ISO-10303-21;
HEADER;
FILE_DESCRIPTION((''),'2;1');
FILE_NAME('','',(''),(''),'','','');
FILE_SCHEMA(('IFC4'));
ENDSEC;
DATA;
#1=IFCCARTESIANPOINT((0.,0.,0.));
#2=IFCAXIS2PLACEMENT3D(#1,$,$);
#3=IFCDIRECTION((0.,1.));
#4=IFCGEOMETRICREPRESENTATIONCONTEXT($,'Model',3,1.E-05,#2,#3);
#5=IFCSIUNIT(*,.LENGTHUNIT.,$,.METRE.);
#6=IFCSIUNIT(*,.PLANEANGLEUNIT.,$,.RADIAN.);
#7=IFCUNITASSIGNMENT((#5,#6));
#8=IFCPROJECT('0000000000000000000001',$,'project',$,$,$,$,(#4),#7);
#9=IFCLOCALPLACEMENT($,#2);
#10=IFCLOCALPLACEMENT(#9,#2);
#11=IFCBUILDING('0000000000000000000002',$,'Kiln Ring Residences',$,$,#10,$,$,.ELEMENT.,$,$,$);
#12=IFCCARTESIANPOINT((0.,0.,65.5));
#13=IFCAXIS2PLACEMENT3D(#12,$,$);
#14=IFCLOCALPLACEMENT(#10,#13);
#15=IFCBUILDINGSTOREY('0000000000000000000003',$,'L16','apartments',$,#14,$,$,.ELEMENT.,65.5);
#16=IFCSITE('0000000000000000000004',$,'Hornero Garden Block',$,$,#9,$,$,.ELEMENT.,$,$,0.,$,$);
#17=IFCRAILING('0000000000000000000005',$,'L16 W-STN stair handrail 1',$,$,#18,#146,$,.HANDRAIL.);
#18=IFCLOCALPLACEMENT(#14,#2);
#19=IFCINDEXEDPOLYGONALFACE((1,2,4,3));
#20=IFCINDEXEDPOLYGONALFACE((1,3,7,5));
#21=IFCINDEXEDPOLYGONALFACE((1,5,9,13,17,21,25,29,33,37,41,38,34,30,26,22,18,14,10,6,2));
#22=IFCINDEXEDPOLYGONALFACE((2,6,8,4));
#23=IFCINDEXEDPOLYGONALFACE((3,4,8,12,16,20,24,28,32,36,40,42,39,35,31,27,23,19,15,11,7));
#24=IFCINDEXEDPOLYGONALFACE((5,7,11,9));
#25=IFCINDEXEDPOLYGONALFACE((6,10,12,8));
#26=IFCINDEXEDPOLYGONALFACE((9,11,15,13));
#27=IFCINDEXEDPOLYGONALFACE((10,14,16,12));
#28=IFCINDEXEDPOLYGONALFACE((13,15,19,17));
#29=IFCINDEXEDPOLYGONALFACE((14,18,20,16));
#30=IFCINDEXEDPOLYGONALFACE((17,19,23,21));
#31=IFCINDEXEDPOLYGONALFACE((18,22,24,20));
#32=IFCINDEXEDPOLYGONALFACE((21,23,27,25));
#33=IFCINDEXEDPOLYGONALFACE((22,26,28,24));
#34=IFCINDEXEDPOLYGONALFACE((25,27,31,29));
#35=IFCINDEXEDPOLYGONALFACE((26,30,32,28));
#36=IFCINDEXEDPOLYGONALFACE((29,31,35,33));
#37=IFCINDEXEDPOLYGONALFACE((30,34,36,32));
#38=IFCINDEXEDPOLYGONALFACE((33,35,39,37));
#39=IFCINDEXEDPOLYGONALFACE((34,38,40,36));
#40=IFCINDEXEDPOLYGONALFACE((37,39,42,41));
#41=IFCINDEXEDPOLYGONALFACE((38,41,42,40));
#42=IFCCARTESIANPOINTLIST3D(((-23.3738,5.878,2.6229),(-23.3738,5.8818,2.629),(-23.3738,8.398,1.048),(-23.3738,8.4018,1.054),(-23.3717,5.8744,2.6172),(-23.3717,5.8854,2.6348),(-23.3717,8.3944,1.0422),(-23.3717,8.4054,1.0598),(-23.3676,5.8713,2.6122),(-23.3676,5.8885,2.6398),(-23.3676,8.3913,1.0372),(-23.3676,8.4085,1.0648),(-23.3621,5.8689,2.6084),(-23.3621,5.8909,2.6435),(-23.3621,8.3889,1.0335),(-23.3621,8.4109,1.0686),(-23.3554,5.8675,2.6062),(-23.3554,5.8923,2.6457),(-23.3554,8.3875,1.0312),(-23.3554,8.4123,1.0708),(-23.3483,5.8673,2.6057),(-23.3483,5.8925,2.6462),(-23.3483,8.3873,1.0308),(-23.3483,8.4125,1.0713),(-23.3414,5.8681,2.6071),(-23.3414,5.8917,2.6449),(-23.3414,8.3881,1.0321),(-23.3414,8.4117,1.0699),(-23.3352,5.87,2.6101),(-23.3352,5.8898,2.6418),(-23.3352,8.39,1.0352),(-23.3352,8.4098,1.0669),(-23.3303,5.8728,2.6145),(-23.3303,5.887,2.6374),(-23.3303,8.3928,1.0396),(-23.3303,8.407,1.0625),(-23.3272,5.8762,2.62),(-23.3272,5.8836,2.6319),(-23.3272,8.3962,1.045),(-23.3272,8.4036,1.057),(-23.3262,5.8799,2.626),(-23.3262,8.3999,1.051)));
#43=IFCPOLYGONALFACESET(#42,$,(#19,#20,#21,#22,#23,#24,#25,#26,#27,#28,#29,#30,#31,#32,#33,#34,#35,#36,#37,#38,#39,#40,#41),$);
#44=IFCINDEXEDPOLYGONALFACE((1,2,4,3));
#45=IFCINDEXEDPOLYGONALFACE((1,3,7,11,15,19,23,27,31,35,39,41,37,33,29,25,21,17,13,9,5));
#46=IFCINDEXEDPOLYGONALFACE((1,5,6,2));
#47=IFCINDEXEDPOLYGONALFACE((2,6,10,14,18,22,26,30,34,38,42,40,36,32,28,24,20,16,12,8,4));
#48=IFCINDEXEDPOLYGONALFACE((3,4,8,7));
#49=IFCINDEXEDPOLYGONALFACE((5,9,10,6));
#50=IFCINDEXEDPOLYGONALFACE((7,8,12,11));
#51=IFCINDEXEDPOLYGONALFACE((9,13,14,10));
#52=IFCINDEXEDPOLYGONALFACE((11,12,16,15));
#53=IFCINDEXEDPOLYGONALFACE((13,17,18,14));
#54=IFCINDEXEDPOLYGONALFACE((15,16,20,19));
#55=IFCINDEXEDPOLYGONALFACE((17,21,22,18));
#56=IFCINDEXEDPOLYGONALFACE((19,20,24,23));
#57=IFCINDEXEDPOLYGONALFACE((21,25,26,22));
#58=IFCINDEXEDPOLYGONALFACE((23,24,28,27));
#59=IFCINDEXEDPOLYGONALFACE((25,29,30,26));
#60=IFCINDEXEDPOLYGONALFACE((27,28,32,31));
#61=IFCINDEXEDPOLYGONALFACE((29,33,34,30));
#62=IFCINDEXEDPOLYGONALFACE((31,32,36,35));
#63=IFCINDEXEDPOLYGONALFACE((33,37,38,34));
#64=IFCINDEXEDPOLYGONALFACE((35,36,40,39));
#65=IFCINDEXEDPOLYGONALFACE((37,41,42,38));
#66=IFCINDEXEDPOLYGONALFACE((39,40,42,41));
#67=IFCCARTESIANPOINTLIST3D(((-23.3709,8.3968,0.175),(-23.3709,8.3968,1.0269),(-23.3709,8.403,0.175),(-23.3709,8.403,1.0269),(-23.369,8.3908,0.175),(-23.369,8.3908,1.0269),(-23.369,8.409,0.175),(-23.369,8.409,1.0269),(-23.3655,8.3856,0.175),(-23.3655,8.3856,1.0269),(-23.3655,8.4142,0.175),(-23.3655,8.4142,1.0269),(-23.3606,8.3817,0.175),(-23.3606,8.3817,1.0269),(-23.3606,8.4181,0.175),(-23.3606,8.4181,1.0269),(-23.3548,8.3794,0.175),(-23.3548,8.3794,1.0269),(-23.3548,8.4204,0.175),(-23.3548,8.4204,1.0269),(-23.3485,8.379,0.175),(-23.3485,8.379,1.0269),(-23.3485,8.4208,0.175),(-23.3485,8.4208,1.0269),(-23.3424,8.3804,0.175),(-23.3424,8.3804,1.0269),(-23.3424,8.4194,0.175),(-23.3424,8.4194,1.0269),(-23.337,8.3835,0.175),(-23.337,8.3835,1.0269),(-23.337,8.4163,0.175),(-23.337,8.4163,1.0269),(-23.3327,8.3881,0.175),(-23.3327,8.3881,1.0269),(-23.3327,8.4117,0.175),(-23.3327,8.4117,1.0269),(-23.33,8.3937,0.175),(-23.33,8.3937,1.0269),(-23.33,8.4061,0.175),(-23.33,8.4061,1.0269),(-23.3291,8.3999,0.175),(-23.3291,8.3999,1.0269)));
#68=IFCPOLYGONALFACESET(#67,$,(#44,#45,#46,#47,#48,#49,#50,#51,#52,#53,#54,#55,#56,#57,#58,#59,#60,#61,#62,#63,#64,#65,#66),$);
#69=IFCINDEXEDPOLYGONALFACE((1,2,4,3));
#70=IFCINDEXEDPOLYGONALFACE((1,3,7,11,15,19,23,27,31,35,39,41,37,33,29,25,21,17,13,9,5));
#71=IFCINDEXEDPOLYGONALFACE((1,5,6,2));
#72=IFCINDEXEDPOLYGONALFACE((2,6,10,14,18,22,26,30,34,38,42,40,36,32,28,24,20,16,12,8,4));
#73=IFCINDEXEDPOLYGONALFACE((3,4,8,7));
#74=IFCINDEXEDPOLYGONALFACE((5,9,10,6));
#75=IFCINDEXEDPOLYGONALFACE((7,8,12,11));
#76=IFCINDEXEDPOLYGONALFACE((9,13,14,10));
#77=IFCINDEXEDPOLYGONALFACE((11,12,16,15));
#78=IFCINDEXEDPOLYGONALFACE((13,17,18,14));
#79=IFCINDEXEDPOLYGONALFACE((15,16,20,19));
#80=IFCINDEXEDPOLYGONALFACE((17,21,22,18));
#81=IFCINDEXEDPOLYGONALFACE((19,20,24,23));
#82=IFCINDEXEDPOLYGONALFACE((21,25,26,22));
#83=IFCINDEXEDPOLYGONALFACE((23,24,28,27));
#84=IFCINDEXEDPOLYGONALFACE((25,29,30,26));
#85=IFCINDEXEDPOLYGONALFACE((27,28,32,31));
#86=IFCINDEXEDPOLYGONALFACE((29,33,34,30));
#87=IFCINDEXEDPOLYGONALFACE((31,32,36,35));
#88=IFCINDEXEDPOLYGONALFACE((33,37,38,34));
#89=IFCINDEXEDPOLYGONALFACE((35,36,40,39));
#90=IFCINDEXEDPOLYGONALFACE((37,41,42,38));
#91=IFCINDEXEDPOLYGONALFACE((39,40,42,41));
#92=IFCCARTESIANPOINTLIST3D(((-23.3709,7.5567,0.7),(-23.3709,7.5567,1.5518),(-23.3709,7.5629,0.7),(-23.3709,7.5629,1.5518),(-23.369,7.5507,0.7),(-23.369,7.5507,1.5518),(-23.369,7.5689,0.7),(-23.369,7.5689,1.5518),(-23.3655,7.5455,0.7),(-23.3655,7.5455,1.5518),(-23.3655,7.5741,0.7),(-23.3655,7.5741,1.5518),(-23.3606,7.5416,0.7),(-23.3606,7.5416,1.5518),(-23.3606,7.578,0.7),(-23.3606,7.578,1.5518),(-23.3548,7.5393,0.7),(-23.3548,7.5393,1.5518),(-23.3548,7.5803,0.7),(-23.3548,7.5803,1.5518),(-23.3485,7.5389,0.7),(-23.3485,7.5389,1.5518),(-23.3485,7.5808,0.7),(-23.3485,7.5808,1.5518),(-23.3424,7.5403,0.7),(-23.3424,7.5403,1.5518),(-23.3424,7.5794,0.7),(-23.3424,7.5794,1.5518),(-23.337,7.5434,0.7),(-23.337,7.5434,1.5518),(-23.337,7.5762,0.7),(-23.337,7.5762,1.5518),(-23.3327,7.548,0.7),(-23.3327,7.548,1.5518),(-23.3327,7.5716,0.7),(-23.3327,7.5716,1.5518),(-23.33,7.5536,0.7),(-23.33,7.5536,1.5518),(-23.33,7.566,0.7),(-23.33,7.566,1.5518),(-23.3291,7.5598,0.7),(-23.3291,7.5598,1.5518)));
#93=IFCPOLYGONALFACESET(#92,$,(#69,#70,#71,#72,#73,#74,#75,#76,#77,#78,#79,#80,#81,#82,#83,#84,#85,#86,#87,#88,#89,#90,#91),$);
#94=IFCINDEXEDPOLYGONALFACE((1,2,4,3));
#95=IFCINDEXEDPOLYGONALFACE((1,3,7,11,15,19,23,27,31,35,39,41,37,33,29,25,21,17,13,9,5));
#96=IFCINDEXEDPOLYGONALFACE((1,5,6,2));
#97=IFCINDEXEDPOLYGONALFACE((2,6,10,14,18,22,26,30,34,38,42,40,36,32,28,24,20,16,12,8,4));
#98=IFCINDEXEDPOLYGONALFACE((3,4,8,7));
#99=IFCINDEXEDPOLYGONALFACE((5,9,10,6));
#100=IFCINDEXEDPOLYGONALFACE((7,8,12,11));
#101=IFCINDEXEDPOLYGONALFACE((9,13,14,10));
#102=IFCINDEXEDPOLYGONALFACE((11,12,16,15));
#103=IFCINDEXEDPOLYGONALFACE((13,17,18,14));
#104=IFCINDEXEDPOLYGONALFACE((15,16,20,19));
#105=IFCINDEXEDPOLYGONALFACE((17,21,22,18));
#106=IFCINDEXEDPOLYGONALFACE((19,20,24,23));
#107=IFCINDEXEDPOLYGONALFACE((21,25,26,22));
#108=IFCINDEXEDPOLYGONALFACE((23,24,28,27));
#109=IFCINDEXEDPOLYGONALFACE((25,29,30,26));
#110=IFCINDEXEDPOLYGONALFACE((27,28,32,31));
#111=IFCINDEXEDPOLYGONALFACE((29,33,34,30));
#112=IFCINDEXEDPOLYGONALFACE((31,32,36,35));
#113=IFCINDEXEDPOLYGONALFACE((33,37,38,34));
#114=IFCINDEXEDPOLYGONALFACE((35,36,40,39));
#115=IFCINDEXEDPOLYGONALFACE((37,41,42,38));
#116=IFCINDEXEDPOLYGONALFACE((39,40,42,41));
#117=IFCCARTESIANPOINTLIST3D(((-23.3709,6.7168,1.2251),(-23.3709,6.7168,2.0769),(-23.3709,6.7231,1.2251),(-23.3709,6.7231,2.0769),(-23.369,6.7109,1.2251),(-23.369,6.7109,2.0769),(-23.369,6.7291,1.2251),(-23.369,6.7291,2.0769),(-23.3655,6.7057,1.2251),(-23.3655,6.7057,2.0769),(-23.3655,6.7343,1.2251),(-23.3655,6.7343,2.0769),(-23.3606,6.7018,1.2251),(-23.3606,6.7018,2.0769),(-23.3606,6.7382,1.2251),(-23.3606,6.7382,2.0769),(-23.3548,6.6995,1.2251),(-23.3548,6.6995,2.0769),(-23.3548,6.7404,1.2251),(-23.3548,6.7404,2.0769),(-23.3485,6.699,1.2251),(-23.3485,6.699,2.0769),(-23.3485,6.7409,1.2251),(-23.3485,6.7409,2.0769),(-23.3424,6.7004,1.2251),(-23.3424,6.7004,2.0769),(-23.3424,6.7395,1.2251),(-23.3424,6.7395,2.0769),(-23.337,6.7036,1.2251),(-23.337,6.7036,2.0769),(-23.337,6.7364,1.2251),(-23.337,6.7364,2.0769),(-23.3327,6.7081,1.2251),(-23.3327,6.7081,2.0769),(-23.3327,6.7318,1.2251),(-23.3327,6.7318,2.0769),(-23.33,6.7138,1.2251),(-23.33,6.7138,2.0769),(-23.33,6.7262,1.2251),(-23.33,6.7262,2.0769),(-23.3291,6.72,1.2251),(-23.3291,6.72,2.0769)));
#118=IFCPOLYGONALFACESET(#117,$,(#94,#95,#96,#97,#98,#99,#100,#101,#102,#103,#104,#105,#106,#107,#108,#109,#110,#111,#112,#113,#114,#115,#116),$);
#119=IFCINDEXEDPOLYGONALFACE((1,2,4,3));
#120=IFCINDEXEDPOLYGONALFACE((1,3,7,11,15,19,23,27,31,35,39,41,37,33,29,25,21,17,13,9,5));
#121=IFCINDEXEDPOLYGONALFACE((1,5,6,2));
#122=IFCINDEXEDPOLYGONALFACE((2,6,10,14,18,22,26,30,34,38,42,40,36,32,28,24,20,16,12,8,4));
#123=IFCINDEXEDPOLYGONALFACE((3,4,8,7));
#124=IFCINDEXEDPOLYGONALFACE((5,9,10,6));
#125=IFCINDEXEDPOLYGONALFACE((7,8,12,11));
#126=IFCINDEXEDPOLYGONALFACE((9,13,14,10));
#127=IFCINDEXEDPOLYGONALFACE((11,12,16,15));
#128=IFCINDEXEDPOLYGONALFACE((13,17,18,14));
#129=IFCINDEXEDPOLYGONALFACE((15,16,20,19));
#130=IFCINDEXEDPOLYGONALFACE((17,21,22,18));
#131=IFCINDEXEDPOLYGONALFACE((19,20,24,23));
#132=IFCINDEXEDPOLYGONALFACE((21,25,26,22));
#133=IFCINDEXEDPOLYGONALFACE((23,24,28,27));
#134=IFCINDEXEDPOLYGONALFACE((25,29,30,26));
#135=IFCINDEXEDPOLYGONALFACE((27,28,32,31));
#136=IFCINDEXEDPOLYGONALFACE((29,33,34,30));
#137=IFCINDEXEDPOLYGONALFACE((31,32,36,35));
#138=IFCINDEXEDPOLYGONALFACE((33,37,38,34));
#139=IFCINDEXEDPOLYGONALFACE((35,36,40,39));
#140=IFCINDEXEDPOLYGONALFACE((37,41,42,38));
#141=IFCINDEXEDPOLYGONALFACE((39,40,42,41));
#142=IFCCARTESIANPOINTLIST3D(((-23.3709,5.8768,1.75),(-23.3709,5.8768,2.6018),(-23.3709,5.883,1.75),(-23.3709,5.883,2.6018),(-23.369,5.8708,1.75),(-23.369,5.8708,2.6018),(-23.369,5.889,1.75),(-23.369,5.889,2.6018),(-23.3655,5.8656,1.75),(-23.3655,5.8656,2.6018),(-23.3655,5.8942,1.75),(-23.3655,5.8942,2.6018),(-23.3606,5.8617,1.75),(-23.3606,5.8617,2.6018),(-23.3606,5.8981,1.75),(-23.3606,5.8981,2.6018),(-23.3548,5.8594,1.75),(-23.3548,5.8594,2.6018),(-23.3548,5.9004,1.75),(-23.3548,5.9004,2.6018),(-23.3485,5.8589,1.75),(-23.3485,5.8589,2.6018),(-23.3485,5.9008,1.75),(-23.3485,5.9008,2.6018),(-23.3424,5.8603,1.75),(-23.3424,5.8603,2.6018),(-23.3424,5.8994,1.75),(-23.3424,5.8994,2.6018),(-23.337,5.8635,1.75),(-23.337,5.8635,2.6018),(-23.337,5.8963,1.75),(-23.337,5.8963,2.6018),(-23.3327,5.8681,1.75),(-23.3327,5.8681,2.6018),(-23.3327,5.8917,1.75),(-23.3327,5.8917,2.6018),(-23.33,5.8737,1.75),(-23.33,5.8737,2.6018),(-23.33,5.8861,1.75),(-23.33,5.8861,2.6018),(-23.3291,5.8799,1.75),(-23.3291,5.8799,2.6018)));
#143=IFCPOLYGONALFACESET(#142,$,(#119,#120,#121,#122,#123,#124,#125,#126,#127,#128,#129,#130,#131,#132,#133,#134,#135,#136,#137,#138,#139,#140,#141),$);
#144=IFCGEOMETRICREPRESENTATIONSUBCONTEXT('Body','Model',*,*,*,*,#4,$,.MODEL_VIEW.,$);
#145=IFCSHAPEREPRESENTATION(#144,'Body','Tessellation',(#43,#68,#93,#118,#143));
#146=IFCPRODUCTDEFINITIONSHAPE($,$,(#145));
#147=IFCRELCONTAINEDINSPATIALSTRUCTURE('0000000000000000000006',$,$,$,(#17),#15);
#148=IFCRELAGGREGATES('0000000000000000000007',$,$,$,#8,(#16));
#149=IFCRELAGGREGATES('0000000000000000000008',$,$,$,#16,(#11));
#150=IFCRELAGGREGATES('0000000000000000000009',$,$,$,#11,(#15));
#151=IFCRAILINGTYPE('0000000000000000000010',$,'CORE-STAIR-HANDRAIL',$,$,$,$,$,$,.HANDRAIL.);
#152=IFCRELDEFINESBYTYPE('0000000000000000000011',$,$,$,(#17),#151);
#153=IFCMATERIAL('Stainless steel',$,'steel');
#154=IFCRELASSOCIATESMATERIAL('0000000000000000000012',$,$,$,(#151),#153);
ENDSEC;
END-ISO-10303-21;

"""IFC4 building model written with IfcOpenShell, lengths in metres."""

from ifc_helpers import new_model, si_unit, direction, frame, origin, origin_2d, place, context, subcontext, project, spatial, circle, extrude, material, type_object, element, save


model = new_model("IFC4")

# Units and contexts
model_context = context("Model", 3, precision=1e-05, world=origin(), true_north=direction((0.0, 1.0)))
body_context = subcontext(model_context, "Body", "Model", "MODEL_VIEW")
ifc_project = project(units=[si_unit("LENGTHUNIT", "METRE"), si_unit("PLANEANGLEUNIT", "RADIAN")], contexts=[model_context])

# Site, building, storey
site_placement = place(None, origin())
site = spatial("IfcSite", under=ifc_project, at=site_placement, Name="Hornero Garden Block", CompositionType="ELEMENT", RefElevation=0.0)
building_placement = place(site_placement, origin())
building = spatial("IfcBuilding", under=site, at=building_placement, Name="Kiln Ring Residences", CompositionType="ELEMENT")
storey_placement = place(building_placement, frame((0.0, 0.0, 65.5)))
storey = spatial("IfcBuildingStorey", under=building, at=storey_placement, Name="L16", Description="apartments", CompositionType="ELEMENT", Elevation=65.5)

# Railing
ifc_material_1 = material(Name="Stainless steel", Category="steel")
railing_type_1 = type_object("IfcRailingType", Name="CORE-STAIR-HANDRAIL", PredefinedType="HANDRAIL", material=ifc_material_1)
railing_1_placement = place(storey_placement, frame((-23.3501, 8.3999, 0.175)))
element("IfcRailing", 1, at=railing_1_placement, inside=storey, type_object=railing_type_1, Name="L16 W-STN stair handrail 1", PredefinedType="HANDRAIL", context=body_context, shape_type="SweptSolid", body=[
    extrude(circle(Radius=0.0239, at=origin_2d()), frame((0.0, 0.0, 0.876), z_axis=(0.0, -0.848008, 0.529984), x_axis=(1.0, 0.0, 0.0)), (0.0, 0.0, 1.0), 2.9717),
    extrude(circle(Radius=0.021, at=origin_2d()), origin(), (0.0, 0.0, 1.0), 0.8518),
    extrude(circle(Radius=0.021, at=origin_2d()), frame((0.0, -0.8401, 0.5249)), (0.0, 0.0, 1.0), 0.8518),
    extrude(circle(Radius=0.021, at=origin_2d()), frame((0.0, -1.6799, 1.05)), (0.0, 0.0, 1.0), 0.8518),
    extrude(circle(Radius=0.021, at=origin_2d()), frame((0.0, -2.52, 1.575)), (0.0, 0.0, 1.0), 0.8518),
])

save(model, "model.ifc")
